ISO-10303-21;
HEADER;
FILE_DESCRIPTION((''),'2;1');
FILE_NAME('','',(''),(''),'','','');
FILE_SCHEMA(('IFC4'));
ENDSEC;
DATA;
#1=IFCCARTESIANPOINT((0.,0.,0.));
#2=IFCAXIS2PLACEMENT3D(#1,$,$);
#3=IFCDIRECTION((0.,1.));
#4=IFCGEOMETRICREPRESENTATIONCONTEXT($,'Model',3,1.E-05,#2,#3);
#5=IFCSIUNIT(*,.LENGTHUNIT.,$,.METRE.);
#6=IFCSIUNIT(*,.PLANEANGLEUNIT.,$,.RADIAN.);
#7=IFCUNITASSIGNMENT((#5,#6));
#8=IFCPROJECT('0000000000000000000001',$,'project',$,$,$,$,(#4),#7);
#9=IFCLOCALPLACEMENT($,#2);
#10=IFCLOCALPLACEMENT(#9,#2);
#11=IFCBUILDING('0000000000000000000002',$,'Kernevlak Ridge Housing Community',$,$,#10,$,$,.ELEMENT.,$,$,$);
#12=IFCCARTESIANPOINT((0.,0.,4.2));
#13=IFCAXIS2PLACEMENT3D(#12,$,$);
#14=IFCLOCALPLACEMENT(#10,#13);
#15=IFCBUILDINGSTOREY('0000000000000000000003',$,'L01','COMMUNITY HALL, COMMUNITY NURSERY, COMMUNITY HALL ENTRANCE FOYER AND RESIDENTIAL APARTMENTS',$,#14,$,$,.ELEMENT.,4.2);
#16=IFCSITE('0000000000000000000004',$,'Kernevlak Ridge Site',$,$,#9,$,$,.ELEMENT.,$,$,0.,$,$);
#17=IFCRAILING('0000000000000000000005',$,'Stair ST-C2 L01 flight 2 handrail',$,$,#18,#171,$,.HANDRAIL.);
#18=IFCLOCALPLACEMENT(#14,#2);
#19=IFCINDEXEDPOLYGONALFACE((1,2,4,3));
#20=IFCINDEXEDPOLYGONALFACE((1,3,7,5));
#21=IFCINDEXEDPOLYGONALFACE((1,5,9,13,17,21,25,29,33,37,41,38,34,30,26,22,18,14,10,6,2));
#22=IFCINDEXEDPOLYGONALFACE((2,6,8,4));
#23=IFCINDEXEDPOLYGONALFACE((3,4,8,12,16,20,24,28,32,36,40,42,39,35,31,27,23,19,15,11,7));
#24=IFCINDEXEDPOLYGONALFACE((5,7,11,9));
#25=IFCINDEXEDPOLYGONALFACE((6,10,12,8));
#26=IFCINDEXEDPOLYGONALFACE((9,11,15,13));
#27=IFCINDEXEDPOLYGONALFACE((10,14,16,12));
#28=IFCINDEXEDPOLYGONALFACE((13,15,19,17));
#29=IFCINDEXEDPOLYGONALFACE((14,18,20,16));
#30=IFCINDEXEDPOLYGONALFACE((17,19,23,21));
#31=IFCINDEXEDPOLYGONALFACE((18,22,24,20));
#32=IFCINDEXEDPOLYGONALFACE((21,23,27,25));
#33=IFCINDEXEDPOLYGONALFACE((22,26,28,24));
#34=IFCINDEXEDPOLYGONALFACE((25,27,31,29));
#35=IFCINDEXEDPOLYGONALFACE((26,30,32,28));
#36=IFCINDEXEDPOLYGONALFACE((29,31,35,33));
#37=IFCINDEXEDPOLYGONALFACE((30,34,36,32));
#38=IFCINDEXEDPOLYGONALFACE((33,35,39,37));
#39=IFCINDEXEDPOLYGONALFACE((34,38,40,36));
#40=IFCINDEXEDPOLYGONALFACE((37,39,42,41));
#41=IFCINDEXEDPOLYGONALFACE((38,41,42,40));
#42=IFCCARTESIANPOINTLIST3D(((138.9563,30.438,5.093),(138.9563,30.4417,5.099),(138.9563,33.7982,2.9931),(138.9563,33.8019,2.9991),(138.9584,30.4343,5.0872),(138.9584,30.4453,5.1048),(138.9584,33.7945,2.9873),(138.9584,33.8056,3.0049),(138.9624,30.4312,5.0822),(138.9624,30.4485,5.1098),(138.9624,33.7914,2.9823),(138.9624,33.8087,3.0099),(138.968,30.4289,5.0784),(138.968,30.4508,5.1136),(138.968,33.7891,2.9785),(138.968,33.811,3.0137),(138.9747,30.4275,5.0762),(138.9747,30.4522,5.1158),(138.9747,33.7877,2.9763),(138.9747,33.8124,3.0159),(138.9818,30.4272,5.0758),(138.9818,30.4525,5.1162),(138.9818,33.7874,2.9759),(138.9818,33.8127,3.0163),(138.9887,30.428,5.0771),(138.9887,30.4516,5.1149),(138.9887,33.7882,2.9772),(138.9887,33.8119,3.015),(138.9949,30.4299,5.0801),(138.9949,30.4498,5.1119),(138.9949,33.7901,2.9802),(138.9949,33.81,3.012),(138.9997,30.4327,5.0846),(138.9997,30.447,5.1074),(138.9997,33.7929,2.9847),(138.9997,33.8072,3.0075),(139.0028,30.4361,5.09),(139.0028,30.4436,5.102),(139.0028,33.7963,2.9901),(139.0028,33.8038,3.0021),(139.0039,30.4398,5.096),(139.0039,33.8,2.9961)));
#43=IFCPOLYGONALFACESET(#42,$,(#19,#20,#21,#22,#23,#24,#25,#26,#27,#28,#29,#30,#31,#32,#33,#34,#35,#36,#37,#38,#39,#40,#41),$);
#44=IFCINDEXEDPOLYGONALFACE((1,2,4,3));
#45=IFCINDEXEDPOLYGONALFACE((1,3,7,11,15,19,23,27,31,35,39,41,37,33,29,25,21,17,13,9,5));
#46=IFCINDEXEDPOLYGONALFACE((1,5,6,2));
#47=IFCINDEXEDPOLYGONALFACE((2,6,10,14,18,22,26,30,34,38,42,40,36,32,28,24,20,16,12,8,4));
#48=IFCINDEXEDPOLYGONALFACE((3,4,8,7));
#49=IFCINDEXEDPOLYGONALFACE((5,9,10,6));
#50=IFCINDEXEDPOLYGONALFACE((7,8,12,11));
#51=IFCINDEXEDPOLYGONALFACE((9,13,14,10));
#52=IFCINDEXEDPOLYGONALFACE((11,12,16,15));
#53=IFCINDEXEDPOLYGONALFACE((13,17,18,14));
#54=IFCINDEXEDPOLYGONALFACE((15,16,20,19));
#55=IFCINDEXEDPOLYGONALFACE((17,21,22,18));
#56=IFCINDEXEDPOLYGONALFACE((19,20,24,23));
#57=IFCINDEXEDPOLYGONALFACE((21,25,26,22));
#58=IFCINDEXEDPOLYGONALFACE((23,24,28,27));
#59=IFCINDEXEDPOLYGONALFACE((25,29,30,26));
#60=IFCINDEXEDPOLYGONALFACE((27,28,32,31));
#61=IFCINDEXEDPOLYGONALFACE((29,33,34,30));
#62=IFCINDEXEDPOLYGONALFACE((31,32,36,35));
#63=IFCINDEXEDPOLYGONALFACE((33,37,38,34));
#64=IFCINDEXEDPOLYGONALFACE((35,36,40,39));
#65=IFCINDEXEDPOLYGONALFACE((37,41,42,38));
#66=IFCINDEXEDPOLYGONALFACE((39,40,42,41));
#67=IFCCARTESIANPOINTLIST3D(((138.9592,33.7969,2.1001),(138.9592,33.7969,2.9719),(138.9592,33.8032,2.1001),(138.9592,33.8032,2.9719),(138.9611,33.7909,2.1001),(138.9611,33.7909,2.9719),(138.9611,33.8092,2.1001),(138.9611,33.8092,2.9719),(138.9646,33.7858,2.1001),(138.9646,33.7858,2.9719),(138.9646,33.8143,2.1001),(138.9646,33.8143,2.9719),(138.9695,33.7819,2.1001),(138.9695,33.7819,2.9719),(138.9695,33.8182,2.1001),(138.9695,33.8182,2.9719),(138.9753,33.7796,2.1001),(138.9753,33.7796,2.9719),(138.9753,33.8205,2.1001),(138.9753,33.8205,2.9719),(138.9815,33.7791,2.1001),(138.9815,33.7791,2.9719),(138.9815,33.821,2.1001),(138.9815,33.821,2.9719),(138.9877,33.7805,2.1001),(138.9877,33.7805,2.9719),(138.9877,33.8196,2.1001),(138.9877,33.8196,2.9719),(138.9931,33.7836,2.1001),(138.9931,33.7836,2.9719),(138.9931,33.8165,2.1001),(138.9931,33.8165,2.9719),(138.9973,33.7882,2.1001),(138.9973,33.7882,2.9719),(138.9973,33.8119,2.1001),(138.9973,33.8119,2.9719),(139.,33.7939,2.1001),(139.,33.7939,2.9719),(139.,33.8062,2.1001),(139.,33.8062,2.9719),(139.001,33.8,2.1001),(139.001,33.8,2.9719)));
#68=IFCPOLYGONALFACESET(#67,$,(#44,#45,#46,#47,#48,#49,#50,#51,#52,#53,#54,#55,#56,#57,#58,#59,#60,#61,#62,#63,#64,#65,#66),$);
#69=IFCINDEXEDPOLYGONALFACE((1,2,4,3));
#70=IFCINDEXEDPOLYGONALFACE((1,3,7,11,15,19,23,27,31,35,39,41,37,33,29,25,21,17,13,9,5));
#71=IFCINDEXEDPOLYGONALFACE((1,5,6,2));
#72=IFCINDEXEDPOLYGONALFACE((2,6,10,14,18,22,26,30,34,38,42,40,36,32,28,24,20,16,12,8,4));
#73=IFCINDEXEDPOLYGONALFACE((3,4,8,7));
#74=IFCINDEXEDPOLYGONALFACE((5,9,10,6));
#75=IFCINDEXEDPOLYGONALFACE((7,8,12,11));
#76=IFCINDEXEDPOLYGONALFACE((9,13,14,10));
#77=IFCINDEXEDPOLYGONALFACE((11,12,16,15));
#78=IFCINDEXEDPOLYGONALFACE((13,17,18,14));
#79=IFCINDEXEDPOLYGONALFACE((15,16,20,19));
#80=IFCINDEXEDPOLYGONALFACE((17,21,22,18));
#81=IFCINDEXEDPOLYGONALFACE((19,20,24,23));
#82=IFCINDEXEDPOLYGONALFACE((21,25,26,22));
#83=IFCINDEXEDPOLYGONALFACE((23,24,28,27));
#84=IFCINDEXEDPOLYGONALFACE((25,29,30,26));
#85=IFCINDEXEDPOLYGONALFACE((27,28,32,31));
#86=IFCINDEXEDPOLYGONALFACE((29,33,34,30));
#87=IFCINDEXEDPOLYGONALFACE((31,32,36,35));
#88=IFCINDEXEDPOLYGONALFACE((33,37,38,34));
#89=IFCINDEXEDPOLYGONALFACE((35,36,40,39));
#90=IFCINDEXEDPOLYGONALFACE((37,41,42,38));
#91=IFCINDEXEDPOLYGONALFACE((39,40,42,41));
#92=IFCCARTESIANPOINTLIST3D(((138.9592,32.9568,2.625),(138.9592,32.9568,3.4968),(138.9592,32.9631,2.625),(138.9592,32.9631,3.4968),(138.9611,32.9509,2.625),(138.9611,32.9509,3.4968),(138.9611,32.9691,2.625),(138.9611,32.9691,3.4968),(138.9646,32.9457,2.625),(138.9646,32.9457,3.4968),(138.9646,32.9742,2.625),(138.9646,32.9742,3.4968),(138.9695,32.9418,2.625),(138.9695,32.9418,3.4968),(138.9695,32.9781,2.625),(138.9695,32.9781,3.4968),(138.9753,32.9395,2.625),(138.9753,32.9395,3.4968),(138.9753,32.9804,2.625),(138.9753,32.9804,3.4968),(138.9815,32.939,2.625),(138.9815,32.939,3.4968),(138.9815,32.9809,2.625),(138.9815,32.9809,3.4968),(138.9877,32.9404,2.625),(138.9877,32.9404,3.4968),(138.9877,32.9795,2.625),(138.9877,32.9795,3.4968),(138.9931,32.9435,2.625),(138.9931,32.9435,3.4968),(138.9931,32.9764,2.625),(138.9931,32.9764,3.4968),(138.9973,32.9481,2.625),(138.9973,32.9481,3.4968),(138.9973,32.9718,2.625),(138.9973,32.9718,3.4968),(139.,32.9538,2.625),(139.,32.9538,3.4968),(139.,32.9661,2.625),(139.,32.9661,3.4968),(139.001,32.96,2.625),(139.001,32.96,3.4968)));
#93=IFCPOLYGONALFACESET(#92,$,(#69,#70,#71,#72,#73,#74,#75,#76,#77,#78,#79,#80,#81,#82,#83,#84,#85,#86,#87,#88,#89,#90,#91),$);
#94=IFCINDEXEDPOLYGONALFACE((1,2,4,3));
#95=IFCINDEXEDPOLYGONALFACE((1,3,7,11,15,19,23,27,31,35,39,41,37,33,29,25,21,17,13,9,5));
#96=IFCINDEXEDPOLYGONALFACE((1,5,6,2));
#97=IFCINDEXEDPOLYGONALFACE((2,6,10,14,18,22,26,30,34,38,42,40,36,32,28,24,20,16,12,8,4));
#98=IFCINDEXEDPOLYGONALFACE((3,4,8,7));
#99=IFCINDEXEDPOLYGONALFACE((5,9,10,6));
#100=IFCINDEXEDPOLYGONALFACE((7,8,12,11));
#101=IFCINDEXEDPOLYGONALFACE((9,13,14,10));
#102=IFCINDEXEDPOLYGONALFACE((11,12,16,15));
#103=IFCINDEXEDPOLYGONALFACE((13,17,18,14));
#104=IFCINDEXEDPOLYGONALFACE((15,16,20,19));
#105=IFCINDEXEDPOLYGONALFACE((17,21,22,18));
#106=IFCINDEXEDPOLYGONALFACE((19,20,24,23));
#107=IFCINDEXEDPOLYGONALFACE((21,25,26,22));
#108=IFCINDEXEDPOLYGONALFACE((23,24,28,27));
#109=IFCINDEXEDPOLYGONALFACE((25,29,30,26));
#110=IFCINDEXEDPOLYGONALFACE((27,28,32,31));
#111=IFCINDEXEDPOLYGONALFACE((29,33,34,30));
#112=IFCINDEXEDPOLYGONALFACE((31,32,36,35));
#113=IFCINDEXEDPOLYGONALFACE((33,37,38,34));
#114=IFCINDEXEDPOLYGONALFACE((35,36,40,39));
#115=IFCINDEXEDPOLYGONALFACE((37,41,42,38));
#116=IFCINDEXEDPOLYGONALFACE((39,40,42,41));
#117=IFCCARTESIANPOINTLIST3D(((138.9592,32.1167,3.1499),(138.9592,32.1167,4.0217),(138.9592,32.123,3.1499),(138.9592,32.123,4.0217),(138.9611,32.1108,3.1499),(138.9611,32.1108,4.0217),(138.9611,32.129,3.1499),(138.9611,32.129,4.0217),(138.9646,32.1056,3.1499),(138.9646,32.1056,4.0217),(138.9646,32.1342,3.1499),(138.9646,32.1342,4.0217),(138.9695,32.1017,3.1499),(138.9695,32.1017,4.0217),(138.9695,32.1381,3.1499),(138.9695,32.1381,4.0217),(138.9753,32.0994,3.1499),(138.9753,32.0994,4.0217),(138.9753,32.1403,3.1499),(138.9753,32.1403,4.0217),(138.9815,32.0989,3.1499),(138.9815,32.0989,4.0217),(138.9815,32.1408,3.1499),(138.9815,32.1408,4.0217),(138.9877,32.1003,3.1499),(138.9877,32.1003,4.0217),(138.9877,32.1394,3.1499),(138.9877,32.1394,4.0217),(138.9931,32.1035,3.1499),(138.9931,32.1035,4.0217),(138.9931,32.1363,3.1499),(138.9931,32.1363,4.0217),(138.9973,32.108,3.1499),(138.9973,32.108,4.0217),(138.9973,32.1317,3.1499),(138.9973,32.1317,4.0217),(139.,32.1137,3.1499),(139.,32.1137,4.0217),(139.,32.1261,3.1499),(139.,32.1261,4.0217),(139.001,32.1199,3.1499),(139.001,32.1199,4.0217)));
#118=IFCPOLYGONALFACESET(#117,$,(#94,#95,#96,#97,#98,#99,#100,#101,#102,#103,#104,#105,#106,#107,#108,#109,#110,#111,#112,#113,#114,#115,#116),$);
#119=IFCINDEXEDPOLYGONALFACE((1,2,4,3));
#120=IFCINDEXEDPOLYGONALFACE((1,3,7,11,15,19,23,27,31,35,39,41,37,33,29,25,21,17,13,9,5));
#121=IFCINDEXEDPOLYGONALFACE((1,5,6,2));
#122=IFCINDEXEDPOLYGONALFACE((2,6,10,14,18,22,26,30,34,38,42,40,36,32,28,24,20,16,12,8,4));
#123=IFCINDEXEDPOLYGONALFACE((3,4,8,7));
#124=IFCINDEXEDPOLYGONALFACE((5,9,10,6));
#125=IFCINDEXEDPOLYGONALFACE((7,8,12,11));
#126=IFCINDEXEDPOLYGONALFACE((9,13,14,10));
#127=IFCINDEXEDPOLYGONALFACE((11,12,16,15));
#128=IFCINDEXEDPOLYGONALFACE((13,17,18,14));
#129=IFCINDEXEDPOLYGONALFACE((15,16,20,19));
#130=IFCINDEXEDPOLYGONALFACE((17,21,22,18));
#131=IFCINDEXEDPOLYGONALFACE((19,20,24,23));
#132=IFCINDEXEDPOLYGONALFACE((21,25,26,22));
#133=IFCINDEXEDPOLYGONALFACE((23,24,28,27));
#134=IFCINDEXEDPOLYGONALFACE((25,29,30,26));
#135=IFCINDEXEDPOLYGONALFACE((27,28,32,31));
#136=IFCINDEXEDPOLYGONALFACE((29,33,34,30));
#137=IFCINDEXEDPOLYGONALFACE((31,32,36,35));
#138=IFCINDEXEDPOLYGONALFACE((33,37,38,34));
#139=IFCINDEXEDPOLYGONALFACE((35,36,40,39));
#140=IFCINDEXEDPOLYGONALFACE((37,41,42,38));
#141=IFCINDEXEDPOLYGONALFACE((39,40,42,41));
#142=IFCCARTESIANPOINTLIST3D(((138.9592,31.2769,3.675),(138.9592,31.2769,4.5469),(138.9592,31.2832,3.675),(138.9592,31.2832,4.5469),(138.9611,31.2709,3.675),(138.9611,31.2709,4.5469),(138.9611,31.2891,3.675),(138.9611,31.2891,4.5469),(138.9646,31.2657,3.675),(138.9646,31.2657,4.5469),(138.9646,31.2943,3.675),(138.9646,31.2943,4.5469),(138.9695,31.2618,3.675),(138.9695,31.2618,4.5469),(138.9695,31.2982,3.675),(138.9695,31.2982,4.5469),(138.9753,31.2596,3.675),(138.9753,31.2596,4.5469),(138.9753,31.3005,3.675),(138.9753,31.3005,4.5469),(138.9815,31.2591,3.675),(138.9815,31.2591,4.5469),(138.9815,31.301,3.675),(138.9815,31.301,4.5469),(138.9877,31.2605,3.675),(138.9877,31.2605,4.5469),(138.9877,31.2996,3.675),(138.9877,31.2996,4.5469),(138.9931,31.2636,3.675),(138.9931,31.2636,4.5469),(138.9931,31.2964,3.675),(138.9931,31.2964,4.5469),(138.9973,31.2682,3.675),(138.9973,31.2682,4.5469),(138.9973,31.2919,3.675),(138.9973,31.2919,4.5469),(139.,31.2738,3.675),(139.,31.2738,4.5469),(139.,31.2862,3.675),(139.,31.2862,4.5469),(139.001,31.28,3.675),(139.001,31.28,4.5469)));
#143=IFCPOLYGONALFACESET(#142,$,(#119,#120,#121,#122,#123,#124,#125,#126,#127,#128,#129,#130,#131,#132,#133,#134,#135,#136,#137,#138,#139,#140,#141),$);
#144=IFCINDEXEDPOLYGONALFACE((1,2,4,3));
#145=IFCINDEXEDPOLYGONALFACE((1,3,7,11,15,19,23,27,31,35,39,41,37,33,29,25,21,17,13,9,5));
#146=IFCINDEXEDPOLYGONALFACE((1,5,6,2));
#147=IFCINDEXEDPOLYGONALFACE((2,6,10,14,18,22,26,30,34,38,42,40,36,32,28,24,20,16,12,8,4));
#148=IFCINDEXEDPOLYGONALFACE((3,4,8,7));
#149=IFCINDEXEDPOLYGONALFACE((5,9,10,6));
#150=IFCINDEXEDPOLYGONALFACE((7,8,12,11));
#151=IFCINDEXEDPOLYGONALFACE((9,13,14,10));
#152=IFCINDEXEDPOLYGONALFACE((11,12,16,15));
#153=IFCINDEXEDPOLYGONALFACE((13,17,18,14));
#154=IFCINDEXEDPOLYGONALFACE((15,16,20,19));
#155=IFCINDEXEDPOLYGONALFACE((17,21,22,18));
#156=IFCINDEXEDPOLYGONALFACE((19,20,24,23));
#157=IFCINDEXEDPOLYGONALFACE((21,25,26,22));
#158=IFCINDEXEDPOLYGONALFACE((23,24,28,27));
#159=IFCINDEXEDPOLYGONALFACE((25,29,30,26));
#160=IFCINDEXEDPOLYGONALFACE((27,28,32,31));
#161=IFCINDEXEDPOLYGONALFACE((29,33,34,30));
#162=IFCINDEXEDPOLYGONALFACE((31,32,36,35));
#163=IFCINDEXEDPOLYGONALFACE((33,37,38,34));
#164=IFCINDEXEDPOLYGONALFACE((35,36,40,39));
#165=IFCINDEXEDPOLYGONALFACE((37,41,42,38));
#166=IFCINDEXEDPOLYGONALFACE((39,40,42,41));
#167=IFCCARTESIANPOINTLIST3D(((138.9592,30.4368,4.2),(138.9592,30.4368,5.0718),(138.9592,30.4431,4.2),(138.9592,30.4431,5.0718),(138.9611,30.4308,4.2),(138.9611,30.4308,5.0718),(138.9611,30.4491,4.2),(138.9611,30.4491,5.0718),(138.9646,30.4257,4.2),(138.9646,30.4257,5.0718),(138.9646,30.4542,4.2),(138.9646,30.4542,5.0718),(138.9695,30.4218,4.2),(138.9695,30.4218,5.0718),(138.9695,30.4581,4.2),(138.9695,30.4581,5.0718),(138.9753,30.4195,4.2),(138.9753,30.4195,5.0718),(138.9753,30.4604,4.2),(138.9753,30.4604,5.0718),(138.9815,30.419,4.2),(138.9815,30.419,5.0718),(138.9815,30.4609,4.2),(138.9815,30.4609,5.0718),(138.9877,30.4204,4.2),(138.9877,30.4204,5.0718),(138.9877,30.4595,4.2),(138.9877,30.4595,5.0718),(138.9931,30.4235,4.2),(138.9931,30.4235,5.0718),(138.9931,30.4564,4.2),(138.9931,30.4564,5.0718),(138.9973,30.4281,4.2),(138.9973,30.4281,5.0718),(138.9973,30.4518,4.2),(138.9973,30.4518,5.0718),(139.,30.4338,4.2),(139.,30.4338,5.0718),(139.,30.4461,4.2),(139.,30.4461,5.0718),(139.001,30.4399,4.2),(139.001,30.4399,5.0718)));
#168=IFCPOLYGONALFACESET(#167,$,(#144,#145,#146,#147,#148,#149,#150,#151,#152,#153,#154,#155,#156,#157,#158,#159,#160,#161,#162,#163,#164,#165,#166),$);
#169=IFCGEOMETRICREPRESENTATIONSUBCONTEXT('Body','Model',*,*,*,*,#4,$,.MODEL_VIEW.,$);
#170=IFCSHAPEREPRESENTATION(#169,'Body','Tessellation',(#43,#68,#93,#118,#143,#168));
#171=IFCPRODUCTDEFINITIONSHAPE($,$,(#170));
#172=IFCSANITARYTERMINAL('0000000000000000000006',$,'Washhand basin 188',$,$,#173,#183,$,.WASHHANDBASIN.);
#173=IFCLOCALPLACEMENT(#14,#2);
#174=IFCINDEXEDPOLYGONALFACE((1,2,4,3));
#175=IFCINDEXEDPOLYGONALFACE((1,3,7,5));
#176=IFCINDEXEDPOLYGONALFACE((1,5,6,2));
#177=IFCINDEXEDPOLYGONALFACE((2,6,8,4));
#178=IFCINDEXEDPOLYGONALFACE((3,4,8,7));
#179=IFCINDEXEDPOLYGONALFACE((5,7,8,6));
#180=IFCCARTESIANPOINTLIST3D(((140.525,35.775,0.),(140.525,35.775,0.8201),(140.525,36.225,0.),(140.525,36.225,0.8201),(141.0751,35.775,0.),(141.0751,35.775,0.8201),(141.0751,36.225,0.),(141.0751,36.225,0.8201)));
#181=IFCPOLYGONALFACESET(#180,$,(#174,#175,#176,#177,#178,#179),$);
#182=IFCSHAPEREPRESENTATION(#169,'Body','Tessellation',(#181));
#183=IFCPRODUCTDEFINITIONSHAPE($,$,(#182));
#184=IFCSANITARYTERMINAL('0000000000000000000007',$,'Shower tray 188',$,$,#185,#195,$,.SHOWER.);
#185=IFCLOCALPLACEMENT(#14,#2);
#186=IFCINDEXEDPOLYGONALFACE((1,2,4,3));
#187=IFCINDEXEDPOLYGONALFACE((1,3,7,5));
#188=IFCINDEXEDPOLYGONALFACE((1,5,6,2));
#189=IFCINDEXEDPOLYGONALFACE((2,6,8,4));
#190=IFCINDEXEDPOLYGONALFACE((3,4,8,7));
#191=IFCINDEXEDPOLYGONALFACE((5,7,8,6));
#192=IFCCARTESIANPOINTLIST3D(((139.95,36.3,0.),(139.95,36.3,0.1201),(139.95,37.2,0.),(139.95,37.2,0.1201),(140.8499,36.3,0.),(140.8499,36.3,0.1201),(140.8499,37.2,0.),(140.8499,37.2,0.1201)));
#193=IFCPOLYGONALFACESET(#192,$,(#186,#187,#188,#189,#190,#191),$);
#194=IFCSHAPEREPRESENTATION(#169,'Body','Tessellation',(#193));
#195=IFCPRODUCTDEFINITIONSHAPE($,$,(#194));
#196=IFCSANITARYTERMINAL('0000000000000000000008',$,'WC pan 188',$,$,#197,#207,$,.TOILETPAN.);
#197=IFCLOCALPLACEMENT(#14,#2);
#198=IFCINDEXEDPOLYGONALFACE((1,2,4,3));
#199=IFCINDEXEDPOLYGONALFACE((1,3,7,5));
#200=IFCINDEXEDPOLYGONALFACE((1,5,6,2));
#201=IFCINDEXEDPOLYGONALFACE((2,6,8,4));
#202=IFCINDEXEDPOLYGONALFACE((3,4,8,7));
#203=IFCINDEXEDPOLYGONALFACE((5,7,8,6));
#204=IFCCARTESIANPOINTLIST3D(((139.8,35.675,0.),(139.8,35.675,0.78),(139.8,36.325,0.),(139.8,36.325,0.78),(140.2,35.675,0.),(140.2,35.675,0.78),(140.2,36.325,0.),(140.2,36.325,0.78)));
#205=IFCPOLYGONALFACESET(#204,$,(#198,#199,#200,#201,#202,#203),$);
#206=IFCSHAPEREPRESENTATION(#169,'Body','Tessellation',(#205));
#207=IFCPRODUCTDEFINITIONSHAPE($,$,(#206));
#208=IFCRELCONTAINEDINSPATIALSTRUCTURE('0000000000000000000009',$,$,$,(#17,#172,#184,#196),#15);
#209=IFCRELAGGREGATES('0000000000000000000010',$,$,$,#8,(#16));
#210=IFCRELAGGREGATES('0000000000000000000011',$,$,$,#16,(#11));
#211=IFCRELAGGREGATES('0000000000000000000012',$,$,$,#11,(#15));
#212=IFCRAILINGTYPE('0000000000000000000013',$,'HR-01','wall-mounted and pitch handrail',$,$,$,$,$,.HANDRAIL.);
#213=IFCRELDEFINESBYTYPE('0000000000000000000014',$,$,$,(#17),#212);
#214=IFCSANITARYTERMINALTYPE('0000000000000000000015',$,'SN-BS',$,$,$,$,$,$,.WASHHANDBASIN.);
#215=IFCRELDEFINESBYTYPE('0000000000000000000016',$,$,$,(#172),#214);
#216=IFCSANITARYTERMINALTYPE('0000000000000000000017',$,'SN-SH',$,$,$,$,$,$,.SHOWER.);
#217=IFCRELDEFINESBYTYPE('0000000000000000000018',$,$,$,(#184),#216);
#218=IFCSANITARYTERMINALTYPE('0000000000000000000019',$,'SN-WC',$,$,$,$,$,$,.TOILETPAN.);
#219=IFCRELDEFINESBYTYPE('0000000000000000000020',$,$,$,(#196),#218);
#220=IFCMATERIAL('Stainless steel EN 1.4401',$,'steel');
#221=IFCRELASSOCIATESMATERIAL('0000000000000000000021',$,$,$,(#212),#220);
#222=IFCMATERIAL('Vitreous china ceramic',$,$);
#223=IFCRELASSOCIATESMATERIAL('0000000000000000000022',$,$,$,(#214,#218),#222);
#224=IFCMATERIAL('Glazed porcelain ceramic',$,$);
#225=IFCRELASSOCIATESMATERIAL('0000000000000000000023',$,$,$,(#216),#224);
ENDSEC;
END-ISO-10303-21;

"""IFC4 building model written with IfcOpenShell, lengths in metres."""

from ifc_helpers import new_model, si_unit, direction, frame, origin, origin_2d, place, context, subcontext, project, spatial, rectangle, circle, extrude, material, type_object, element, save


model = new_model("IFC4")

# Units and contexts
model_context = context("Model", 3, precision=1e-05, world=origin(), true_north=direction((0.0, 1.0)))
body_context = subcontext(model_context, "Body", "Model", "MODEL_VIEW")
ifc_project = project(units=[si_unit("LENGTHUNIT", "METRE"), si_unit("PLANEANGLEUNIT", "RADIAN")], contexts=[model_context])

# Site, building, storey
site_placement = place(None, origin())
site = spatial("IfcSite", under=ifc_project, at=site_placement, Name="Kernevlak Ridge Site", CompositionType="ELEMENT", RefElevation=0.0)
building_placement = place(site_placement, origin())
building = spatial("IfcBuilding", under=site, at=building_placement, Name="Kernevlak Ridge Housing Community", CompositionType="ELEMENT")
storey_placement = place(building_placement, frame((0.0, 0.0, 4.2)))
storey = spatial("IfcBuildingStorey", under=building, at=storey_placement, Name="L01", Description="COMMUNITY HALL, COMMUNITY NURSERY, COMMUNITY HALL ENTRANCE FOYER AND RESIDENTIAL APARTMENTS", CompositionType="ELEMENT", Elevation=4.2)

# Railing
ifc_material_1 = material(Name="Stainless steel EN 1.4401", Category="steel")
railing_type = type_object("IfcRailingType", Name="HR-01", Description="wall-mounted and pitch handrail", PredefinedType="HANDRAIL", material=ifc_material_1)
railing_placement = place(storey_placement, frame((138.98, 33.8, 2.1001)))
element("IfcRailing", 1, at=railing_placement, inside=storey, type_object=railing_type, Name="Stair ST-C2 L01 flight 2 handrail", PredefinedType="HANDRAIL", context=body_context, shape_type="SweptSolid", body=[
    extrude(circle(Radius=0.0239, at=origin_2d()), frame((0.0, 0.0, 0.896), z_axis=(0.0, -0.848023, 0.52996), x_axis=(1.0, 0.0, 0.0)), (0.0, 0.0, 1.0), 3.9624),
    extrude(circle(Radius=0.021, at=origin_2d()), origin(), (0.0, 0.0, 1.0), 0.8718),
    extrude(circle(Radius=0.021, at=origin_2d()), frame((0.0, -0.8401, 0.5249)), (0.0, 0.0, 1.0), 0.8718),
    extrude(circle(Radius=0.021, at=origin_2d()), frame((0.0, -1.6802, 1.0498)), (0.0, 0.0, 1.0), 0.8718),
    extrude(circle(Radius=0.021, at=origin_2d()), frame((0.0, -2.52, 1.575)), (0.0, 0.0, 1.0), 0.8718),
    extrude(circle(Radius=0.021, at=origin_2d()), frame((0.0, -3.3601, 2.0999)), (0.0, 0.0, 1.0), 0.8718),
])

# Sanitary terminals
ifc_material_2 = material(Name="Vitreous china ceramic")
sanitary_terminal_type_1 = type_object("IfcSanitaryTerminalType", Name="SN-BS", PredefinedType="WASHHANDBASIN", material=ifc_material_2)
sanitary_terminal_1_placement = place(storey_placement, frame((140.8, 36.0, 0.0), z_axis=(0.0, 0.0, 1.0), x_axis=(1.0, 0.0, 0.0)))
element("IfcSanitaryTerminal", 2, at=sanitary_terminal_1_placement, inside=storey, type_object=sanitary_terminal_type_1, Name="Washhand basin 188", PredefinedType="WASHHANDBASIN", context=body_context, shape_type="SweptSolid", body=[
    extrude(rectangle(XDim=0.55, YDim=0.45, at=origin_2d()), origin(), (0.0, 0.0, 1.0), 0.8201),
])
ifc_material_3 = material(Name="Glazed porcelain ceramic")
sanitary_terminal_type_2 = type_object("IfcSanitaryTerminalType", Name="SN-SH", PredefinedType="SHOWER", material=ifc_material_3)
sanitary_terminal_2_placement = place(storey_placement, frame((140.3999, 36.75, 0.0), z_axis=(0.0, 0.0, 1.0), x_axis=(1.0, 0.0, 0.0)))
element("IfcSanitaryTerminal", 3, at=sanitary_terminal_2_placement, inside=storey, type_object=sanitary_terminal_type_2, Name="Shower tray 188", PredefinedType="SHOWER", context=body_context, shape_type="SweptSolid", body=[
    extrude(rectangle(XDim=0.8999, YDim=0.8999, at=origin_2d()), origin(), (0.0, 0.0, 1.0), 0.1201),
])
sanitary_terminal_type_3 = type_object("IfcSanitaryTerminalType", Name="SN-WC", PredefinedType="TOILETPAN", material=ifc_material_2)
sanitary_terminal_3_placement = place(storey_placement, frame((140.0, 36.0, 0.0), z_axis=(0.0, 0.0, 1.0), x_axis=(1.0, 0.0, 0.0)))
element("IfcSanitaryTerminal", 4, at=sanitary_terminal_3_placement, inside=storey, type_object=sanitary_terminal_type_3, Name="WC pan 188", PredefinedType="TOILETPAN", context=body_context, shape_type="SweptSolid", body=[
    extrude(rectangle(XDim=0.3999, YDim=0.6499, at=origin_2d()), origin(), (0.0, 0.0, 1.0), 0.78),
])

save(model, "model.ifc")
